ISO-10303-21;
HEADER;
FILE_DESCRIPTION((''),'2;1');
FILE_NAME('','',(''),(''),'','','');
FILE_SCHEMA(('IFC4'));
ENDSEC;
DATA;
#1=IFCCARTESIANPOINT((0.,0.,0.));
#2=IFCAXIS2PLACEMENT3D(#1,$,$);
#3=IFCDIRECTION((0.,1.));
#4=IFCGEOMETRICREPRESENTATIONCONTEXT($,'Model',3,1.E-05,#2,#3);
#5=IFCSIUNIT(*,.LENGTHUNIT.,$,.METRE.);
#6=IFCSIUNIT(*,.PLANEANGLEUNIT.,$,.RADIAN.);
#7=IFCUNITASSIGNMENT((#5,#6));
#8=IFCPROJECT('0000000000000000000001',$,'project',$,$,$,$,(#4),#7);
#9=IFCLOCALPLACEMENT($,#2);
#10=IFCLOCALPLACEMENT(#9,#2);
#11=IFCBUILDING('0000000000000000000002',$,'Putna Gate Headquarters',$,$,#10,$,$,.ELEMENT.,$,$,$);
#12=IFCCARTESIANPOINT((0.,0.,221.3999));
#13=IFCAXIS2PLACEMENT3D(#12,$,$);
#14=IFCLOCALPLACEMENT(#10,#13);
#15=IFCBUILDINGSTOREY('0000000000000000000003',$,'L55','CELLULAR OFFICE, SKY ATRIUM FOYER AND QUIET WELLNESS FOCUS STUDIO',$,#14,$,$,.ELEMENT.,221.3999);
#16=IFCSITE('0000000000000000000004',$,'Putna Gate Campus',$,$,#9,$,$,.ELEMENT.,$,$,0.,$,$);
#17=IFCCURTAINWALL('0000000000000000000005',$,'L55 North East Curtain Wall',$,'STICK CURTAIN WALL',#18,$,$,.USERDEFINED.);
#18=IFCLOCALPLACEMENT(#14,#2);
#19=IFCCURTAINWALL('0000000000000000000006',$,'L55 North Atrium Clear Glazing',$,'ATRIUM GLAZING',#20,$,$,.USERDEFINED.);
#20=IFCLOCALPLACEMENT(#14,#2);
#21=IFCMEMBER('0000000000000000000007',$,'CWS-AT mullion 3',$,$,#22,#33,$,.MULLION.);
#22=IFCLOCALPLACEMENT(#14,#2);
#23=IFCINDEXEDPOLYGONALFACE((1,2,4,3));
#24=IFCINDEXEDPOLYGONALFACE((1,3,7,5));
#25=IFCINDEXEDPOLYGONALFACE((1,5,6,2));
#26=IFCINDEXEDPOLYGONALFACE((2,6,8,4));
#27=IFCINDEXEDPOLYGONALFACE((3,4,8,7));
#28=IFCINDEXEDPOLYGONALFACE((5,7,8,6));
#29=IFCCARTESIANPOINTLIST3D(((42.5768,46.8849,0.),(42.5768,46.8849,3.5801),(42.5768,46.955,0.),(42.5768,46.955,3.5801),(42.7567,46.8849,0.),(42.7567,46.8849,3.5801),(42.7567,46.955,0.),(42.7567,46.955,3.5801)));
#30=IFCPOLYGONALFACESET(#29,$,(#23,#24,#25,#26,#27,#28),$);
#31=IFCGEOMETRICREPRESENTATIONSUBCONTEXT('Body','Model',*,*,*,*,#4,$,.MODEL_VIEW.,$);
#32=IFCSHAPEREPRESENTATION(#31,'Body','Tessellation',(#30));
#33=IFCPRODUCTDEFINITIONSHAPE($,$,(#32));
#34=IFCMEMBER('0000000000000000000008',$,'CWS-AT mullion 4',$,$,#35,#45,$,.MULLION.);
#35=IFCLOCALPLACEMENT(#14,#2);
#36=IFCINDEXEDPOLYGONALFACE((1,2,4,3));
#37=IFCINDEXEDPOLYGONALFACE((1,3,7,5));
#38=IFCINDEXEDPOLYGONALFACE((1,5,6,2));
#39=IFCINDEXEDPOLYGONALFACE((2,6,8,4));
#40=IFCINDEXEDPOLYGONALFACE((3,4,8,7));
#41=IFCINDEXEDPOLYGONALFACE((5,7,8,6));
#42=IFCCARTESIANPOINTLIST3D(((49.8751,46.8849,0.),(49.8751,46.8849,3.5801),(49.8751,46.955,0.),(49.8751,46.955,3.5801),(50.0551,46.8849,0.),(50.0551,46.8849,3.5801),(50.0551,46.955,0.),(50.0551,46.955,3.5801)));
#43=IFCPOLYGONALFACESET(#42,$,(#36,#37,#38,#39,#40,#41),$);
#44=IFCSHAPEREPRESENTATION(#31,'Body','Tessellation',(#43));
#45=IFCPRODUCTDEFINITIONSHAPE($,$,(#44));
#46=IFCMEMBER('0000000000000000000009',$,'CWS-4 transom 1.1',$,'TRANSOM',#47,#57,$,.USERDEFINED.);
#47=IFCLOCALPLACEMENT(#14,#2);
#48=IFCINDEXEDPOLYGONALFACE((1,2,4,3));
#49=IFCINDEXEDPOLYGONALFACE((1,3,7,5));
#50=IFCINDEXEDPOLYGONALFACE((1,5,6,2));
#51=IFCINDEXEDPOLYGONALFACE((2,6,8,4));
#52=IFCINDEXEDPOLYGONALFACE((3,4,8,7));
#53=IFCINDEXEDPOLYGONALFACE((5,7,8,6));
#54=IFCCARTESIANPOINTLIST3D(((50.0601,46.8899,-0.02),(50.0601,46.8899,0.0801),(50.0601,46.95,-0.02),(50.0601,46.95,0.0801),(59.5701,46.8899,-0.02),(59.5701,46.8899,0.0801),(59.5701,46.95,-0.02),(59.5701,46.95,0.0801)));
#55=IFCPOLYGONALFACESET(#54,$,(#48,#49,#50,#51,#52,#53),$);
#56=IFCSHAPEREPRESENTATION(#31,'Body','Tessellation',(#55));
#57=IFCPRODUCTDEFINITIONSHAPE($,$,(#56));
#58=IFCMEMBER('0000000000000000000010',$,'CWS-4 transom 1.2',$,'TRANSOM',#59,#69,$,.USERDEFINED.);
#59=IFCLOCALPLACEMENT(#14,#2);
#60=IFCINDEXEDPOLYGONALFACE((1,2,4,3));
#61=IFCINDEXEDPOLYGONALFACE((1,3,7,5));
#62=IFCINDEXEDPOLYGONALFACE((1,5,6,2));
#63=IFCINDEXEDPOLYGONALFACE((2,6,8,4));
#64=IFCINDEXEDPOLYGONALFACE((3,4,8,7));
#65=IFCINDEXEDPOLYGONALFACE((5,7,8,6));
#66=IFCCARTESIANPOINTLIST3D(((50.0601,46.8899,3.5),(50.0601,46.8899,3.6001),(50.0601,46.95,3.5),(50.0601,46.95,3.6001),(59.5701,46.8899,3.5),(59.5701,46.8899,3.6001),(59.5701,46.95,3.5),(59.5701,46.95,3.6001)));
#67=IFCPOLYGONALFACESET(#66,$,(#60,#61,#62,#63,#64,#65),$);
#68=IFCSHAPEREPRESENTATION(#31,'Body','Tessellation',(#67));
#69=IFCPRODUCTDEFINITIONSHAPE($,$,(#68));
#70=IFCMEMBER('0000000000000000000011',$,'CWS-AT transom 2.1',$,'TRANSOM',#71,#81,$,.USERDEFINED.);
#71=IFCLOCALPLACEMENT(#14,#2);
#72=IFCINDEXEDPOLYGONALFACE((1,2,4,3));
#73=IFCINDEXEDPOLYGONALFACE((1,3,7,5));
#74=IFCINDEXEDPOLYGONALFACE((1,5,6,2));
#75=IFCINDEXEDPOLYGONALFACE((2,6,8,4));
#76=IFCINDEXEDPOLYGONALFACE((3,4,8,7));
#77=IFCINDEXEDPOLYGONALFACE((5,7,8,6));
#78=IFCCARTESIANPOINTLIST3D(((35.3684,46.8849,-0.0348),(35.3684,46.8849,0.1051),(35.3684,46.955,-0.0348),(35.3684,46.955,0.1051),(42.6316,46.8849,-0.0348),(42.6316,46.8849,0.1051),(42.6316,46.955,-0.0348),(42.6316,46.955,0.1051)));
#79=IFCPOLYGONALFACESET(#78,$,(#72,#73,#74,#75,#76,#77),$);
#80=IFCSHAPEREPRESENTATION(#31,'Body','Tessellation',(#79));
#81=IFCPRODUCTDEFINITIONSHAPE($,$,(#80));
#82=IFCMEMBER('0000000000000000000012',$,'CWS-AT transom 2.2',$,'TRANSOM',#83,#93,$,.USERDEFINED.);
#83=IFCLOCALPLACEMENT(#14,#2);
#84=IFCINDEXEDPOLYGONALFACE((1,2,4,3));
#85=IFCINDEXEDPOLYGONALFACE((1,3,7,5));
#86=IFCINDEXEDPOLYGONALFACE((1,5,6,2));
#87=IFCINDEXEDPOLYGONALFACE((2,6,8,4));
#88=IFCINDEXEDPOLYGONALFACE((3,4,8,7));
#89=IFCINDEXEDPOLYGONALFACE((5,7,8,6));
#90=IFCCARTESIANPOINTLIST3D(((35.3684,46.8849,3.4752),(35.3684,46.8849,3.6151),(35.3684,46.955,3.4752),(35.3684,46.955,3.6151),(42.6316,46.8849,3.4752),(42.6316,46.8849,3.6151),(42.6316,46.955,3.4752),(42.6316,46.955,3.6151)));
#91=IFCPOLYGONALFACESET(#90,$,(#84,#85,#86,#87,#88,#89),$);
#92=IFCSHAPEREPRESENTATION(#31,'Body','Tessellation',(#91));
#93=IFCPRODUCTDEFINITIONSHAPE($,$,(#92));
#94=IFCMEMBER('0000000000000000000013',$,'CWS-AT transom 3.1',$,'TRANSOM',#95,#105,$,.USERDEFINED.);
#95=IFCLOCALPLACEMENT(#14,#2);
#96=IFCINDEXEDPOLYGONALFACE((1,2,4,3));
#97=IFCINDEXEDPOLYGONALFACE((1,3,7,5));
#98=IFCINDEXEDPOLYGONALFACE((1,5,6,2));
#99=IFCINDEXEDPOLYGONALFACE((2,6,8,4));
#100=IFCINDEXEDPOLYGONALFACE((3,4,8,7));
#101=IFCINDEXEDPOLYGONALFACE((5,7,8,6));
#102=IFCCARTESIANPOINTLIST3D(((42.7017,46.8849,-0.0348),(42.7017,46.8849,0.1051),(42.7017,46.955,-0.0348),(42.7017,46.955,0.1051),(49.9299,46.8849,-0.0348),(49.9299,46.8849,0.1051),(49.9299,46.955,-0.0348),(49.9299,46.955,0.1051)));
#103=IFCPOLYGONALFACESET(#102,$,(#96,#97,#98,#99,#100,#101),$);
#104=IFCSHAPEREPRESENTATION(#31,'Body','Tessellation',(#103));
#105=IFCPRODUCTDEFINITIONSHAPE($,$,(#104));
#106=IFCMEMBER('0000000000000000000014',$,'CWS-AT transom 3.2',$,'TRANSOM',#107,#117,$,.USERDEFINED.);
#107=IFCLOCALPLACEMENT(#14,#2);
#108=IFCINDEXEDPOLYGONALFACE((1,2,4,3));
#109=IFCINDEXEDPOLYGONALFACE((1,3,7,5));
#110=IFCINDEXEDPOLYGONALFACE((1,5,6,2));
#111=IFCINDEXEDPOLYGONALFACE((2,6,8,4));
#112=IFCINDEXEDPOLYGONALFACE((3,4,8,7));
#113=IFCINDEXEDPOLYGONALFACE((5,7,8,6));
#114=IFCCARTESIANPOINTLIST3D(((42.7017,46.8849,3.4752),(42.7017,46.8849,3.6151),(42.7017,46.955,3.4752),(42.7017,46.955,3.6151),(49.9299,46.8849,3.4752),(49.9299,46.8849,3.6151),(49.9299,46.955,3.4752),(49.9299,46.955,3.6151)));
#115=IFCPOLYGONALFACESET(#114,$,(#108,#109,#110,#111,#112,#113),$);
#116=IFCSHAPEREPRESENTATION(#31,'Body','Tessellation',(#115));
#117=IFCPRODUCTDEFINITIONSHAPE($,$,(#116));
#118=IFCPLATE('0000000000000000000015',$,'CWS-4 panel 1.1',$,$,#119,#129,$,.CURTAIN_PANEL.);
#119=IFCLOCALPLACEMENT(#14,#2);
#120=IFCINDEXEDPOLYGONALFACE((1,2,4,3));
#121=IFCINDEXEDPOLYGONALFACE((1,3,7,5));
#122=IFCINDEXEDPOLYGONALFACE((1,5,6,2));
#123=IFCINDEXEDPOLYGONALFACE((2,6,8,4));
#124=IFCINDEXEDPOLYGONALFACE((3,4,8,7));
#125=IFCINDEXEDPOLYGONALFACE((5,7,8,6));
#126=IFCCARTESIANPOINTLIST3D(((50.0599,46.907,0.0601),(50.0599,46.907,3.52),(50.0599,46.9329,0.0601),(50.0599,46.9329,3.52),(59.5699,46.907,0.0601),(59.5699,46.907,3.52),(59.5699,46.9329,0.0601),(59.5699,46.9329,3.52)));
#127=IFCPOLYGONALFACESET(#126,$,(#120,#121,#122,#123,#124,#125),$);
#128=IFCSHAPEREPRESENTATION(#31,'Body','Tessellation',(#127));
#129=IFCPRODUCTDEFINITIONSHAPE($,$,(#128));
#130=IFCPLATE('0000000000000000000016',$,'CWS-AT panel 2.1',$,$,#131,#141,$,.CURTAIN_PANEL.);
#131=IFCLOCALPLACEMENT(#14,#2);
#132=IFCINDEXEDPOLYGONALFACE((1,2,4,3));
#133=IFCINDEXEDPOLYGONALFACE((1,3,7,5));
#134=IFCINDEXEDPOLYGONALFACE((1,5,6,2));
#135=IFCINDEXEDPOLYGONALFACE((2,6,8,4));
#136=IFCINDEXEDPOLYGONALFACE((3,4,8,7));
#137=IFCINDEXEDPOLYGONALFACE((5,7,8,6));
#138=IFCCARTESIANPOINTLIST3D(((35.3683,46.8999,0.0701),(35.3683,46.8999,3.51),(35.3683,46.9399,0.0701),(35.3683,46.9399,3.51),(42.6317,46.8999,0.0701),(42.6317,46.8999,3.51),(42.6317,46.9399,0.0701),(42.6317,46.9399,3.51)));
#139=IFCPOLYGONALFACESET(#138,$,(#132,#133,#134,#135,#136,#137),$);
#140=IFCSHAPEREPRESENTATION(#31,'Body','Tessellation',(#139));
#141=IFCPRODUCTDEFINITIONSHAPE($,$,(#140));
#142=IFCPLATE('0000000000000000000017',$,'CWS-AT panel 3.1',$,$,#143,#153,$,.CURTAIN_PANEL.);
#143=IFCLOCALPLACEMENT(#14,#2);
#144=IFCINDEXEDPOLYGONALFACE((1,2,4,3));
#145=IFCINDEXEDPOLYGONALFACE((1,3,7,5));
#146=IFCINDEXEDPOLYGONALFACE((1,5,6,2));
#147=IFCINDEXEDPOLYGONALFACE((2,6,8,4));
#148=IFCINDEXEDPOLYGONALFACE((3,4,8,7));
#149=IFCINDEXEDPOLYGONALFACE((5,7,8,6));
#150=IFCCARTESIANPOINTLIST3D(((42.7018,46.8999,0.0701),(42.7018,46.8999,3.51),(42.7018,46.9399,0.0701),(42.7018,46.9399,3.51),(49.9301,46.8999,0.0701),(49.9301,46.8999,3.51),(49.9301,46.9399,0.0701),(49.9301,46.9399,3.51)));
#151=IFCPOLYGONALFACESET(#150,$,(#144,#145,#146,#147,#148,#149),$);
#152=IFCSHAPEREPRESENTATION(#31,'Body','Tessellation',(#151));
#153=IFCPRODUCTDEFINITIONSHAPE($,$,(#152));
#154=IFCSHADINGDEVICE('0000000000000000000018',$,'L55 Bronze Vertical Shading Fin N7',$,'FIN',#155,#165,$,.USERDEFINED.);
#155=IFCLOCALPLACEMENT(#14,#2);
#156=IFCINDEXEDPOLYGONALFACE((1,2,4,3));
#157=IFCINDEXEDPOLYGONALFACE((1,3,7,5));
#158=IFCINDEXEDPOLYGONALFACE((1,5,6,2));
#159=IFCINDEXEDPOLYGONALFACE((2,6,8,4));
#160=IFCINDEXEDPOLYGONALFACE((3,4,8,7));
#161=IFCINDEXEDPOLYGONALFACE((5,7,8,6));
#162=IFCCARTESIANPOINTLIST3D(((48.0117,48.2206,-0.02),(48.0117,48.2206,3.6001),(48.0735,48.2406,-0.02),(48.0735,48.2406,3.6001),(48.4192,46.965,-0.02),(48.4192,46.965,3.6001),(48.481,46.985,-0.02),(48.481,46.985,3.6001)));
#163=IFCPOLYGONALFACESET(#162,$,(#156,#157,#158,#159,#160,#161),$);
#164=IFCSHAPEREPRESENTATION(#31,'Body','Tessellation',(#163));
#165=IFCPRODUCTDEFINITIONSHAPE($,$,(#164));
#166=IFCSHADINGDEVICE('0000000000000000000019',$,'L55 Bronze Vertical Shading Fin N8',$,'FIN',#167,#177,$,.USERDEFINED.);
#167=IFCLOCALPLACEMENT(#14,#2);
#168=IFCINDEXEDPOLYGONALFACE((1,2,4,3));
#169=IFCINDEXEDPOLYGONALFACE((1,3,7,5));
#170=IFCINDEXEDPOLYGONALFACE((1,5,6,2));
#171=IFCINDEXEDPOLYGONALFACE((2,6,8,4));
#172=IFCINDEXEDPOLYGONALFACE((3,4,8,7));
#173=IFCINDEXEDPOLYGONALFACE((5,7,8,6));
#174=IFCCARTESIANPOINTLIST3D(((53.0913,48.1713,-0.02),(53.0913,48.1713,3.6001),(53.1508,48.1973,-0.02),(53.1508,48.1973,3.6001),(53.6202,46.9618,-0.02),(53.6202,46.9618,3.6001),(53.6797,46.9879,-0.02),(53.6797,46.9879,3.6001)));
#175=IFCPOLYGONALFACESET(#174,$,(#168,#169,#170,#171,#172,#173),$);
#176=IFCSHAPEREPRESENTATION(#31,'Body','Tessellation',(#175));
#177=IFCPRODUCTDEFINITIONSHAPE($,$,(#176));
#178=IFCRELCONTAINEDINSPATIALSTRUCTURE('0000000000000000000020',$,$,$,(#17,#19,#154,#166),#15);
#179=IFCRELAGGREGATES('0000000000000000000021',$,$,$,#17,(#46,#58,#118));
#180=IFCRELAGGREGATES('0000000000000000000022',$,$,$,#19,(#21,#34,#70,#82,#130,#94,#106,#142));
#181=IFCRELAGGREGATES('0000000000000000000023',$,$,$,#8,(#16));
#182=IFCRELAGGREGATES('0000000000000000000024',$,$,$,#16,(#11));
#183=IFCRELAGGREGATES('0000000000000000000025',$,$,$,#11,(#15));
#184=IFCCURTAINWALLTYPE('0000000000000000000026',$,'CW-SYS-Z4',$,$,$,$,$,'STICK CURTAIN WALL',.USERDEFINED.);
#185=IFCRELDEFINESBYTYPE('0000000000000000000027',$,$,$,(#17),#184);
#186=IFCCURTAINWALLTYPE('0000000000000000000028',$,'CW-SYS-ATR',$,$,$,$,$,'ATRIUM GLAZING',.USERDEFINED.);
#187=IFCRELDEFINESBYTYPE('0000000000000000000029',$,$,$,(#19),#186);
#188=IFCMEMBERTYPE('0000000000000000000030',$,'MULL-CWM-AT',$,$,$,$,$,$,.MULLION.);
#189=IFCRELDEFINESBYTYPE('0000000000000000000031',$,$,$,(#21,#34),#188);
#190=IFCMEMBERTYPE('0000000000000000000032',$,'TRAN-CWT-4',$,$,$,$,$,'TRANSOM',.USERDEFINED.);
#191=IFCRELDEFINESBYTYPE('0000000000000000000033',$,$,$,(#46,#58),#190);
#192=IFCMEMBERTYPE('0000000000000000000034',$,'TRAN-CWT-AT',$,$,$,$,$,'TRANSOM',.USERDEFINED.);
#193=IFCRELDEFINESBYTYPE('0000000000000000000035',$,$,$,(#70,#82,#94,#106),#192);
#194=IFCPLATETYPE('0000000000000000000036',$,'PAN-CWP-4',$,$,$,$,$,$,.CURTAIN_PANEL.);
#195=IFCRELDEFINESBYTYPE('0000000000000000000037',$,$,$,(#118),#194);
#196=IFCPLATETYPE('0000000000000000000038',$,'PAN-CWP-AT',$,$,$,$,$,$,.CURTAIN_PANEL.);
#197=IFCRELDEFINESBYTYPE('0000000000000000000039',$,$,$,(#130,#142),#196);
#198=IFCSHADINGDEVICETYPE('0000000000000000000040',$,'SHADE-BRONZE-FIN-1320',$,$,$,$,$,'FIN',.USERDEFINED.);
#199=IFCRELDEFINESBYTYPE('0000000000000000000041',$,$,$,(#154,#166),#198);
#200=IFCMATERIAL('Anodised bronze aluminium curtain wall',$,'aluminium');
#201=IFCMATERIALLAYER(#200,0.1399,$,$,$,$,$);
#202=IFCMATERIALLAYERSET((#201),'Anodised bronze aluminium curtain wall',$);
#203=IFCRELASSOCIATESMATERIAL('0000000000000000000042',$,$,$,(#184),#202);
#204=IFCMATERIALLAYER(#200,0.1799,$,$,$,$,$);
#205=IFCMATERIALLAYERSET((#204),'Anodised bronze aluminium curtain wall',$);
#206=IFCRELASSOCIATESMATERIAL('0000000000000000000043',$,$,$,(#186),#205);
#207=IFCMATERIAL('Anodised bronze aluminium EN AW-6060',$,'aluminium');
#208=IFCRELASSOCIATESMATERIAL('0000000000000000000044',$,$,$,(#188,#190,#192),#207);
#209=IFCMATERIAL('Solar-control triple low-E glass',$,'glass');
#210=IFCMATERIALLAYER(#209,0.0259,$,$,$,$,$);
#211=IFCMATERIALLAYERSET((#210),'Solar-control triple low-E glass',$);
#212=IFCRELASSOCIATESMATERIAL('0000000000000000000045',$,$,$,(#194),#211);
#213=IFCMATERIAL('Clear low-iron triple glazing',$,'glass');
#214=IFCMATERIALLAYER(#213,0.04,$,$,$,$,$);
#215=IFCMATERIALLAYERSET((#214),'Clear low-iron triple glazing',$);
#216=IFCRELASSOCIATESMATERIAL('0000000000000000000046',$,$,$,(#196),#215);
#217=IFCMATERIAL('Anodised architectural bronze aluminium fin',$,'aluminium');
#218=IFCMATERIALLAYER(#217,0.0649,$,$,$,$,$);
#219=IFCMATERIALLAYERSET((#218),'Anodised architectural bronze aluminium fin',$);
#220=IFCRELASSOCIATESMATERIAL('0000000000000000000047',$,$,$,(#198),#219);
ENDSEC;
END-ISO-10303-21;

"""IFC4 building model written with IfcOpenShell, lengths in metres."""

from ifc_helpers import new_model, si_unit, direction, frame, origin, origin_2d, place, context, subcontext, project, spatial, rectangle, extrude, material, layer, layer_set, material_profile, profile_set, type_object, element, aggregate, save


model = new_model("IFC4")

# Units and contexts
model_context = context("Model", 3, precision=1e-05, world=origin(), true_north=direction((0.0, 1.0)))
body_context = subcontext(model_context, "Body", "Model", "MODEL_VIEW")
ifc_project = project(units=[si_unit("LENGTHUNIT", "METRE"), si_unit("PLANEANGLEUNIT", "RADIAN")], contexts=[model_context])

# Site, building, storey
site_placement = place(None, origin())
site = spatial("IfcSite", under=ifc_project, at=site_placement, Name="Putna Gate Campus", CompositionType="ELEMENT", RefElevation=0.0)
building_placement = place(site_placement, origin())
building = spatial("IfcBuilding", under=site, at=building_placement, Name="Putna Gate Headquarters", CompositionType="ELEMENT")
storey_placement = place(building_placement, frame((0.0, 0.0, 221.3999)))
storey = spatial("IfcBuildingStorey", under=building, at=storey_placement, Name="L55", Description="CELLULAR OFFICE, SKY ATRIUM FOYER AND QUIET WELLNESS FOCUS STUDIO", CompositionType="ELEMENT", Elevation=221.3999)

# Curtain wall
ifc_material_1 = material(Name="Anodised bronze aluminium curtain wall", Category="aluminium")
ifc_layer_1 = layer(ifc_material_1, 0.1399)
ifc_layer_set_1 = layer_set([ifc_layer_1], Name="Anodised bronze aluminium curtain wall")
curtain_wall_type_1 = type_object("IfcCurtainWallType", Name="CW-SYS-Z4", ElementType="STICK CURTAIN WALL", PredefinedType="USERDEFINED", material=ifc_layer_set_1)
curtain_wall_1_placement = place(storey_placement, origin())
curtain_wall_1 = element("IfcCurtainWall", 1, at=curtain_wall_1_placement, inside=storey, type_object=curtain_wall_type_1, Name="L55 North East Curtain Wall", ObjectType="STICK CURTAIN WALL", PredefinedType="USERDEFINED")
ifc_material_2 = material(Name="Anodised bronze aluminium EN AW-6060", Category="aluminium")

# Curtain wall, members
ifc_layer_2 = layer(ifc_material_1, 0.1799)
ifc_layer_set_2 = layer_set([ifc_layer_2], Name="Anodised bronze aluminium curtain wall")
curtain_wall_type_2 = type_object("IfcCurtainWallType", Name="CW-SYS-ATR", ElementType="ATRIUM GLAZING", PredefinedType="USERDEFINED", material=ifc_layer_set_2)
curtain_wall_2_placement = place(storey_placement, origin())
curtain_wall_2 = element("IfcCurtainWall", 2, at=curtain_wall_2_placement, inside=storey, type_object=curtain_wall_type_2, Name="L55 North Atrium Clear Glazing", ObjectType="ATRIUM GLAZING", PredefinedType="USERDEFINED")
ifc_material_profile_1 = material_profile(ifc_material_2, rectangle(XDim=0.0701, YDim=0.1799, at=origin_2d()), Name="Anodised bronze aluminium EN AW-6060")
ifc_profile_set_1 = profile_set([ifc_material_profile_1], Name="Anodised bronze aluminium EN AW-6060")
member_type_1 = type_object("IfcMemberType", Name="MULL-CWM-AT", PredefinedType="MULLION", material=ifc_profile_set_1)
member_1_placement = place(storey_placement, frame((42.6667, 46.9199, 0.0), z_axis=(0.0, 0.0, 1.0), x_axis=(0.0, 1.0, 0.0)))
member_1 = element("IfcMember", 3, at=member_1_placement, type_object=member_type_1, Name="CWS-AT mullion 3", PredefinedType="MULLION", context=body_context, shape_type="SweptSolid", body=[
    extrude(rectangle(XDim=0.0701, YDim=0.1799, at=origin_2d()), origin(), (0.0, 0.0, 1.0), 3.5801),
])
member_2_placement = place(storey_placement, frame((49.9651, 46.9199, 0.0), z_axis=(0.0, 0.0, 1.0), x_axis=(0.0, 1.0, 0.0)))
member_2 = element("IfcMember", 4, at=member_2_placement, type_object=member_type_1, Name="CWS-AT mullion 4", PredefinedType="MULLION", context=body_context, shape_type="SweptSolid", body=[
    extrude(rectangle(XDim=0.0701, YDim=0.1799, at=origin_2d()), origin(), (0.0, 0.0, 1.0), 3.5801),
])

# Members
ifc_material_profile_2 = material_profile(ifc_material_2, rectangle(XDim=0.0601, YDim=0.1001, at=origin_2d()), Name="Anodised bronze aluminium EN AW-6060")
ifc_profile_set_2 = profile_set([ifc_material_profile_2], Name="Anodised bronze aluminium EN AW-6060")
member_type_2 = type_object("IfcMemberType", Name="TRAN-CWT-4", ElementType="TRANSOM", PredefinedType="USERDEFINED", material=ifc_profile_set_2)
member_3_placement = place(storey_placement, frame((50.0601, 46.9199, 0.03), z_axis=(1.0, 0.0, 0.0), x_axis=(0.0, 1.0, 0.0)))
member_3 = element("IfcMember", 5, at=member_3_placement, type_object=member_type_2, Name="CWS-4 transom 1.1", ObjectType="TRANSOM", PredefinedType="USERDEFINED", context=body_context, shape_type="SweptSolid", body=[
    extrude(rectangle(XDim=0.0601, YDim=0.1001, at=origin_2d()), origin(), (0.0, 0.0, 1.0), 9.51),
])
member_4_placement = place(storey_placement, frame((50.0601, 46.9199, 3.55), z_axis=(1.0, 0.0, 0.0), x_axis=(0.0, 1.0, 0.0)))
member_4 = element("IfcMember", 6, at=member_4_placement, type_object=member_type_2, Name="CWS-4 transom 1.2", ObjectType="TRANSOM", PredefinedType="USERDEFINED", context=body_context, shape_type="SweptSolid", body=[
    extrude(rectangle(XDim=0.0601, YDim=0.1001, at=origin_2d()), origin(), (0.0, 0.0, 1.0), 9.51),
])
ifc_material_profile_3 = material_profile(ifc_material_2, rectangle(XDim=0.0701, YDim=0.1399, at=origin_2d()), Name="Anodised bronze aluminium EN AW-6060")
ifc_profile_set_3 = profile_set([ifc_material_profile_3], Name="Anodised bronze aluminium EN AW-6060")
member_type_3 = type_object("IfcMemberType", Name="TRAN-CWT-AT", ElementType="TRANSOM", PredefinedType="USERDEFINED", material=ifc_profile_set_3)
member_5_placement = place(storey_placement, frame((35.3684, 46.9199, 0.0352), z_axis=(1.0, 0.0, 0.0), x_axis=(0.0, 1.0, 0.0)))
member_5 = element("IfcMember", 7, at=member_5_placement, type_object=member_type_3, Name="CWS-AT transom 2.1", ObjectType="TRANSOM", PredefinedType="USERDEFINED", context=body_context, shape_type="SweptSolid", body=[
    extrude(rectangle(XDim=0.0701, YDim=0.1399, at=origin_2d()), origin(), (0.0, 0.0, 1.0), 7.2632),
])
member_6_placement = place(storey_placement, frame((35.3684, 46.9199, 3.5452), z_axis=(1.0, 0.0, 0.0), x_axis=(0.0, 1.0, 0.0)))
member_6 = element("IfcMember", 8, at=member_6_placement, type_object=member_type_3, Name="CWS-AT transom 2.2", ObjectType="TRANSOM", PredefinedType="USERDEFINED", context=body_context, shape_type="SweptSolid", body=[
    extrude(rectangle(XDim=0.0701, YDim=0.1399, at=origin_2d()), origin(), (0.0, 0.0, 1.0), 7.2632),
])
member_7_placement = place(storey_placement, frame((42.7017, 46.9199, 0.0352), z_axis=(1.0, 0.0, 0.0), x_axis=(0.0, 1.0, 0.0)))
member_7 = element("IfcMember", 9, at=member_7_placement, type_object=member_type_3, Name="CWS-AT transom 3.1", ObjectType="TRANSOM", PredefinedType="USERDEFINED", context=body_context, shape_type="SweptSolid", body=[
    extrude(rectangle(XDim=0.0701, YDim=0.1399, at=origin_2d()), origin(), (0.0, 0.0, 1.0), 7.2283),
])
member_8_placement = place(storey_placement, frame((42.7017, 46.9199, 3.5452), z_axis=(1.0, 0.0, 0.0), x_axis=(0.0, 1.0, 0.0)))
member_8 = element("IfcMember", 10, at=member_8_placement, type_object=member_type_3, Name="CWS-AT transom 3.2", ObjectType="TRANSOM", PredefinedType="USERDEFINED", context=body_context, shape_type="SweptSolid", body=[
    extrude(rectangle(XDim=0.0701, YDim=0.1399, at=origin_2d()), origin(), (0.0, 0.0, 1.0), 7.2283),
])

# Plates
ifc_material_3 = material(Name="Solar-control triple low-E glass", Category="glass")
ifc_layer_3 = layer(ifc_material_3, 0.0259)
ifc_layer_set_3 = layer_set([ifc_layer_3], Name="Solar-control triple low-E glass")
plate_type_1 = type_object("IfcPlateType", Name="PAN-CWP-4", PredefinedType="CURTAIN_PANEL", material=ifc_layer_set_3)
plate_1_placement = place(storey_placement, frame((54.8149, 46.9199, 0.0601), z_axis=(0.0, 0.0, 1.0), x_axis=(1.0, 0.0, 0.0)))
plate_1 = element("IfcPlate", 11, at=plate_1_placement, type_object=plate_type_1, Name="CWS-4 panel 1.1", PredefinedType="CURTAIN_PANEL", context=body_context, shape_type="SweptSolid", body=[
    extrude(rectangle(XDim=9.51, YDim=0.0259, at=origin_2d()), origin(), (0.0, 0.0, 1.0), 3.46),
])
aggregate(curtain_wall_1, [member_3, member_4, plate_1])
ifc_material_4 = material(Name="Clear low-iron triple glazing", Category="glass")
ifc_layer_4 = layer(ifc_material_4, 0.04)
ifc_layer_set_4 = layer_set([ifc_layer_4], Name="Clear low-iron triple glazing")
plate_type_2 = type_object("IfcPlateType", Name="PAN-CWP-AT", PredefinedType="CURTAIN_PANEL", material=ifc_layer_set_4)
plate_2_placement = place(storey_placement, frame((39.0, 46.9199, 0.0701), z_axis=(0.0, 0.0, 1.0), x_axis=(1.0, 0.0, 0.0)))
plate_2 = element("IfcPlate", 12, at=plate_2_placement, type_object=plate_type_2, Name="CWS-AT panel 2.1", PredefinedType="CURTAIN_PANEL", context=body_context, shape_type="SweptSolid", body=[
    extrude(rectangle(XDim=7.2634, YDim=0.04, at=origin_2d()), origin(), (0.0, 0.0, 1.0), 3.4399),
])
plate_3_placement = place(storey_placement, frame((46.3159, 46.9199, 0.0701), z_axis=(0.0, 0.0, 1.0), x_axis=(1.0, 0.0, 0.0)))
plate_3 = element("IfcPlate", 13, at=plate_3_placement, type_object=plate_type_2, Name="CWS-AT panel 3.1", PredefinedType="CURTAIN_PANEL", context=body_context, shape_type="SweptSolid", body=[
    extrude(rectangle(XDim=7.2283, YDim=0.04, at=origin_2d()), origin(), (0.0, 0.0, 1.0), 3.4399),
])
aggregate(curtain_wall_2, [member_1, member_2, member_5, member_6, plate_2, member_7, member_8, plate_3])

# Shading devices
ifc_material_5 = material(Name="Anodised architectural bronze aluminium fin", Category="aluminium")
ifc_layer_5 = layer(ifc_material_5, 0.0649)
ifc_layer_set_5 = layer_set([ifc_layer_5], Name="Anodised architectural bronze aluminium fin")
shading_device_type = type_object("IfcShadingDeviceType", Name="SHADE-BRONZE-FIN-1320", ElementType="FIN", PredefinedType="USERDEFINED", material=ifc_layer_set_5)
for number, where, z_axis, x_axis, name in (
    (14, (48.2463, 47.6028, -0.02), (0.0, 0.0, 1.0), (-0.308685, 0.951164, 0.0), "L55 Bronze Vertical Shading Fin N7"),
    (15, (53.3855, 47.5796, -0.02), (0.0, 0.0, 1.0), (-0.400669, 0.916223, 0.0), "L55 Bronze Vertical Shading Fin N8"),
):
    element("IfcShadingDevice", number, at=place(storey_placement, frame(where, z_axis=z_axis, x_axis=x_axis)), inside=storey, type_object=shading_device_type, Name=name, ObjectType="FIN", PredefinedType="USERDEFINED", context=body_context, shape_type="SweptSolid", body=[
        extrude(rectangle(XDim=1.3201, YDim=0.0649, at=origin_2d()), origin(), (0.0, 0.0, 1.0), 3.6201),
    ])

save(model, "model.ifc")
